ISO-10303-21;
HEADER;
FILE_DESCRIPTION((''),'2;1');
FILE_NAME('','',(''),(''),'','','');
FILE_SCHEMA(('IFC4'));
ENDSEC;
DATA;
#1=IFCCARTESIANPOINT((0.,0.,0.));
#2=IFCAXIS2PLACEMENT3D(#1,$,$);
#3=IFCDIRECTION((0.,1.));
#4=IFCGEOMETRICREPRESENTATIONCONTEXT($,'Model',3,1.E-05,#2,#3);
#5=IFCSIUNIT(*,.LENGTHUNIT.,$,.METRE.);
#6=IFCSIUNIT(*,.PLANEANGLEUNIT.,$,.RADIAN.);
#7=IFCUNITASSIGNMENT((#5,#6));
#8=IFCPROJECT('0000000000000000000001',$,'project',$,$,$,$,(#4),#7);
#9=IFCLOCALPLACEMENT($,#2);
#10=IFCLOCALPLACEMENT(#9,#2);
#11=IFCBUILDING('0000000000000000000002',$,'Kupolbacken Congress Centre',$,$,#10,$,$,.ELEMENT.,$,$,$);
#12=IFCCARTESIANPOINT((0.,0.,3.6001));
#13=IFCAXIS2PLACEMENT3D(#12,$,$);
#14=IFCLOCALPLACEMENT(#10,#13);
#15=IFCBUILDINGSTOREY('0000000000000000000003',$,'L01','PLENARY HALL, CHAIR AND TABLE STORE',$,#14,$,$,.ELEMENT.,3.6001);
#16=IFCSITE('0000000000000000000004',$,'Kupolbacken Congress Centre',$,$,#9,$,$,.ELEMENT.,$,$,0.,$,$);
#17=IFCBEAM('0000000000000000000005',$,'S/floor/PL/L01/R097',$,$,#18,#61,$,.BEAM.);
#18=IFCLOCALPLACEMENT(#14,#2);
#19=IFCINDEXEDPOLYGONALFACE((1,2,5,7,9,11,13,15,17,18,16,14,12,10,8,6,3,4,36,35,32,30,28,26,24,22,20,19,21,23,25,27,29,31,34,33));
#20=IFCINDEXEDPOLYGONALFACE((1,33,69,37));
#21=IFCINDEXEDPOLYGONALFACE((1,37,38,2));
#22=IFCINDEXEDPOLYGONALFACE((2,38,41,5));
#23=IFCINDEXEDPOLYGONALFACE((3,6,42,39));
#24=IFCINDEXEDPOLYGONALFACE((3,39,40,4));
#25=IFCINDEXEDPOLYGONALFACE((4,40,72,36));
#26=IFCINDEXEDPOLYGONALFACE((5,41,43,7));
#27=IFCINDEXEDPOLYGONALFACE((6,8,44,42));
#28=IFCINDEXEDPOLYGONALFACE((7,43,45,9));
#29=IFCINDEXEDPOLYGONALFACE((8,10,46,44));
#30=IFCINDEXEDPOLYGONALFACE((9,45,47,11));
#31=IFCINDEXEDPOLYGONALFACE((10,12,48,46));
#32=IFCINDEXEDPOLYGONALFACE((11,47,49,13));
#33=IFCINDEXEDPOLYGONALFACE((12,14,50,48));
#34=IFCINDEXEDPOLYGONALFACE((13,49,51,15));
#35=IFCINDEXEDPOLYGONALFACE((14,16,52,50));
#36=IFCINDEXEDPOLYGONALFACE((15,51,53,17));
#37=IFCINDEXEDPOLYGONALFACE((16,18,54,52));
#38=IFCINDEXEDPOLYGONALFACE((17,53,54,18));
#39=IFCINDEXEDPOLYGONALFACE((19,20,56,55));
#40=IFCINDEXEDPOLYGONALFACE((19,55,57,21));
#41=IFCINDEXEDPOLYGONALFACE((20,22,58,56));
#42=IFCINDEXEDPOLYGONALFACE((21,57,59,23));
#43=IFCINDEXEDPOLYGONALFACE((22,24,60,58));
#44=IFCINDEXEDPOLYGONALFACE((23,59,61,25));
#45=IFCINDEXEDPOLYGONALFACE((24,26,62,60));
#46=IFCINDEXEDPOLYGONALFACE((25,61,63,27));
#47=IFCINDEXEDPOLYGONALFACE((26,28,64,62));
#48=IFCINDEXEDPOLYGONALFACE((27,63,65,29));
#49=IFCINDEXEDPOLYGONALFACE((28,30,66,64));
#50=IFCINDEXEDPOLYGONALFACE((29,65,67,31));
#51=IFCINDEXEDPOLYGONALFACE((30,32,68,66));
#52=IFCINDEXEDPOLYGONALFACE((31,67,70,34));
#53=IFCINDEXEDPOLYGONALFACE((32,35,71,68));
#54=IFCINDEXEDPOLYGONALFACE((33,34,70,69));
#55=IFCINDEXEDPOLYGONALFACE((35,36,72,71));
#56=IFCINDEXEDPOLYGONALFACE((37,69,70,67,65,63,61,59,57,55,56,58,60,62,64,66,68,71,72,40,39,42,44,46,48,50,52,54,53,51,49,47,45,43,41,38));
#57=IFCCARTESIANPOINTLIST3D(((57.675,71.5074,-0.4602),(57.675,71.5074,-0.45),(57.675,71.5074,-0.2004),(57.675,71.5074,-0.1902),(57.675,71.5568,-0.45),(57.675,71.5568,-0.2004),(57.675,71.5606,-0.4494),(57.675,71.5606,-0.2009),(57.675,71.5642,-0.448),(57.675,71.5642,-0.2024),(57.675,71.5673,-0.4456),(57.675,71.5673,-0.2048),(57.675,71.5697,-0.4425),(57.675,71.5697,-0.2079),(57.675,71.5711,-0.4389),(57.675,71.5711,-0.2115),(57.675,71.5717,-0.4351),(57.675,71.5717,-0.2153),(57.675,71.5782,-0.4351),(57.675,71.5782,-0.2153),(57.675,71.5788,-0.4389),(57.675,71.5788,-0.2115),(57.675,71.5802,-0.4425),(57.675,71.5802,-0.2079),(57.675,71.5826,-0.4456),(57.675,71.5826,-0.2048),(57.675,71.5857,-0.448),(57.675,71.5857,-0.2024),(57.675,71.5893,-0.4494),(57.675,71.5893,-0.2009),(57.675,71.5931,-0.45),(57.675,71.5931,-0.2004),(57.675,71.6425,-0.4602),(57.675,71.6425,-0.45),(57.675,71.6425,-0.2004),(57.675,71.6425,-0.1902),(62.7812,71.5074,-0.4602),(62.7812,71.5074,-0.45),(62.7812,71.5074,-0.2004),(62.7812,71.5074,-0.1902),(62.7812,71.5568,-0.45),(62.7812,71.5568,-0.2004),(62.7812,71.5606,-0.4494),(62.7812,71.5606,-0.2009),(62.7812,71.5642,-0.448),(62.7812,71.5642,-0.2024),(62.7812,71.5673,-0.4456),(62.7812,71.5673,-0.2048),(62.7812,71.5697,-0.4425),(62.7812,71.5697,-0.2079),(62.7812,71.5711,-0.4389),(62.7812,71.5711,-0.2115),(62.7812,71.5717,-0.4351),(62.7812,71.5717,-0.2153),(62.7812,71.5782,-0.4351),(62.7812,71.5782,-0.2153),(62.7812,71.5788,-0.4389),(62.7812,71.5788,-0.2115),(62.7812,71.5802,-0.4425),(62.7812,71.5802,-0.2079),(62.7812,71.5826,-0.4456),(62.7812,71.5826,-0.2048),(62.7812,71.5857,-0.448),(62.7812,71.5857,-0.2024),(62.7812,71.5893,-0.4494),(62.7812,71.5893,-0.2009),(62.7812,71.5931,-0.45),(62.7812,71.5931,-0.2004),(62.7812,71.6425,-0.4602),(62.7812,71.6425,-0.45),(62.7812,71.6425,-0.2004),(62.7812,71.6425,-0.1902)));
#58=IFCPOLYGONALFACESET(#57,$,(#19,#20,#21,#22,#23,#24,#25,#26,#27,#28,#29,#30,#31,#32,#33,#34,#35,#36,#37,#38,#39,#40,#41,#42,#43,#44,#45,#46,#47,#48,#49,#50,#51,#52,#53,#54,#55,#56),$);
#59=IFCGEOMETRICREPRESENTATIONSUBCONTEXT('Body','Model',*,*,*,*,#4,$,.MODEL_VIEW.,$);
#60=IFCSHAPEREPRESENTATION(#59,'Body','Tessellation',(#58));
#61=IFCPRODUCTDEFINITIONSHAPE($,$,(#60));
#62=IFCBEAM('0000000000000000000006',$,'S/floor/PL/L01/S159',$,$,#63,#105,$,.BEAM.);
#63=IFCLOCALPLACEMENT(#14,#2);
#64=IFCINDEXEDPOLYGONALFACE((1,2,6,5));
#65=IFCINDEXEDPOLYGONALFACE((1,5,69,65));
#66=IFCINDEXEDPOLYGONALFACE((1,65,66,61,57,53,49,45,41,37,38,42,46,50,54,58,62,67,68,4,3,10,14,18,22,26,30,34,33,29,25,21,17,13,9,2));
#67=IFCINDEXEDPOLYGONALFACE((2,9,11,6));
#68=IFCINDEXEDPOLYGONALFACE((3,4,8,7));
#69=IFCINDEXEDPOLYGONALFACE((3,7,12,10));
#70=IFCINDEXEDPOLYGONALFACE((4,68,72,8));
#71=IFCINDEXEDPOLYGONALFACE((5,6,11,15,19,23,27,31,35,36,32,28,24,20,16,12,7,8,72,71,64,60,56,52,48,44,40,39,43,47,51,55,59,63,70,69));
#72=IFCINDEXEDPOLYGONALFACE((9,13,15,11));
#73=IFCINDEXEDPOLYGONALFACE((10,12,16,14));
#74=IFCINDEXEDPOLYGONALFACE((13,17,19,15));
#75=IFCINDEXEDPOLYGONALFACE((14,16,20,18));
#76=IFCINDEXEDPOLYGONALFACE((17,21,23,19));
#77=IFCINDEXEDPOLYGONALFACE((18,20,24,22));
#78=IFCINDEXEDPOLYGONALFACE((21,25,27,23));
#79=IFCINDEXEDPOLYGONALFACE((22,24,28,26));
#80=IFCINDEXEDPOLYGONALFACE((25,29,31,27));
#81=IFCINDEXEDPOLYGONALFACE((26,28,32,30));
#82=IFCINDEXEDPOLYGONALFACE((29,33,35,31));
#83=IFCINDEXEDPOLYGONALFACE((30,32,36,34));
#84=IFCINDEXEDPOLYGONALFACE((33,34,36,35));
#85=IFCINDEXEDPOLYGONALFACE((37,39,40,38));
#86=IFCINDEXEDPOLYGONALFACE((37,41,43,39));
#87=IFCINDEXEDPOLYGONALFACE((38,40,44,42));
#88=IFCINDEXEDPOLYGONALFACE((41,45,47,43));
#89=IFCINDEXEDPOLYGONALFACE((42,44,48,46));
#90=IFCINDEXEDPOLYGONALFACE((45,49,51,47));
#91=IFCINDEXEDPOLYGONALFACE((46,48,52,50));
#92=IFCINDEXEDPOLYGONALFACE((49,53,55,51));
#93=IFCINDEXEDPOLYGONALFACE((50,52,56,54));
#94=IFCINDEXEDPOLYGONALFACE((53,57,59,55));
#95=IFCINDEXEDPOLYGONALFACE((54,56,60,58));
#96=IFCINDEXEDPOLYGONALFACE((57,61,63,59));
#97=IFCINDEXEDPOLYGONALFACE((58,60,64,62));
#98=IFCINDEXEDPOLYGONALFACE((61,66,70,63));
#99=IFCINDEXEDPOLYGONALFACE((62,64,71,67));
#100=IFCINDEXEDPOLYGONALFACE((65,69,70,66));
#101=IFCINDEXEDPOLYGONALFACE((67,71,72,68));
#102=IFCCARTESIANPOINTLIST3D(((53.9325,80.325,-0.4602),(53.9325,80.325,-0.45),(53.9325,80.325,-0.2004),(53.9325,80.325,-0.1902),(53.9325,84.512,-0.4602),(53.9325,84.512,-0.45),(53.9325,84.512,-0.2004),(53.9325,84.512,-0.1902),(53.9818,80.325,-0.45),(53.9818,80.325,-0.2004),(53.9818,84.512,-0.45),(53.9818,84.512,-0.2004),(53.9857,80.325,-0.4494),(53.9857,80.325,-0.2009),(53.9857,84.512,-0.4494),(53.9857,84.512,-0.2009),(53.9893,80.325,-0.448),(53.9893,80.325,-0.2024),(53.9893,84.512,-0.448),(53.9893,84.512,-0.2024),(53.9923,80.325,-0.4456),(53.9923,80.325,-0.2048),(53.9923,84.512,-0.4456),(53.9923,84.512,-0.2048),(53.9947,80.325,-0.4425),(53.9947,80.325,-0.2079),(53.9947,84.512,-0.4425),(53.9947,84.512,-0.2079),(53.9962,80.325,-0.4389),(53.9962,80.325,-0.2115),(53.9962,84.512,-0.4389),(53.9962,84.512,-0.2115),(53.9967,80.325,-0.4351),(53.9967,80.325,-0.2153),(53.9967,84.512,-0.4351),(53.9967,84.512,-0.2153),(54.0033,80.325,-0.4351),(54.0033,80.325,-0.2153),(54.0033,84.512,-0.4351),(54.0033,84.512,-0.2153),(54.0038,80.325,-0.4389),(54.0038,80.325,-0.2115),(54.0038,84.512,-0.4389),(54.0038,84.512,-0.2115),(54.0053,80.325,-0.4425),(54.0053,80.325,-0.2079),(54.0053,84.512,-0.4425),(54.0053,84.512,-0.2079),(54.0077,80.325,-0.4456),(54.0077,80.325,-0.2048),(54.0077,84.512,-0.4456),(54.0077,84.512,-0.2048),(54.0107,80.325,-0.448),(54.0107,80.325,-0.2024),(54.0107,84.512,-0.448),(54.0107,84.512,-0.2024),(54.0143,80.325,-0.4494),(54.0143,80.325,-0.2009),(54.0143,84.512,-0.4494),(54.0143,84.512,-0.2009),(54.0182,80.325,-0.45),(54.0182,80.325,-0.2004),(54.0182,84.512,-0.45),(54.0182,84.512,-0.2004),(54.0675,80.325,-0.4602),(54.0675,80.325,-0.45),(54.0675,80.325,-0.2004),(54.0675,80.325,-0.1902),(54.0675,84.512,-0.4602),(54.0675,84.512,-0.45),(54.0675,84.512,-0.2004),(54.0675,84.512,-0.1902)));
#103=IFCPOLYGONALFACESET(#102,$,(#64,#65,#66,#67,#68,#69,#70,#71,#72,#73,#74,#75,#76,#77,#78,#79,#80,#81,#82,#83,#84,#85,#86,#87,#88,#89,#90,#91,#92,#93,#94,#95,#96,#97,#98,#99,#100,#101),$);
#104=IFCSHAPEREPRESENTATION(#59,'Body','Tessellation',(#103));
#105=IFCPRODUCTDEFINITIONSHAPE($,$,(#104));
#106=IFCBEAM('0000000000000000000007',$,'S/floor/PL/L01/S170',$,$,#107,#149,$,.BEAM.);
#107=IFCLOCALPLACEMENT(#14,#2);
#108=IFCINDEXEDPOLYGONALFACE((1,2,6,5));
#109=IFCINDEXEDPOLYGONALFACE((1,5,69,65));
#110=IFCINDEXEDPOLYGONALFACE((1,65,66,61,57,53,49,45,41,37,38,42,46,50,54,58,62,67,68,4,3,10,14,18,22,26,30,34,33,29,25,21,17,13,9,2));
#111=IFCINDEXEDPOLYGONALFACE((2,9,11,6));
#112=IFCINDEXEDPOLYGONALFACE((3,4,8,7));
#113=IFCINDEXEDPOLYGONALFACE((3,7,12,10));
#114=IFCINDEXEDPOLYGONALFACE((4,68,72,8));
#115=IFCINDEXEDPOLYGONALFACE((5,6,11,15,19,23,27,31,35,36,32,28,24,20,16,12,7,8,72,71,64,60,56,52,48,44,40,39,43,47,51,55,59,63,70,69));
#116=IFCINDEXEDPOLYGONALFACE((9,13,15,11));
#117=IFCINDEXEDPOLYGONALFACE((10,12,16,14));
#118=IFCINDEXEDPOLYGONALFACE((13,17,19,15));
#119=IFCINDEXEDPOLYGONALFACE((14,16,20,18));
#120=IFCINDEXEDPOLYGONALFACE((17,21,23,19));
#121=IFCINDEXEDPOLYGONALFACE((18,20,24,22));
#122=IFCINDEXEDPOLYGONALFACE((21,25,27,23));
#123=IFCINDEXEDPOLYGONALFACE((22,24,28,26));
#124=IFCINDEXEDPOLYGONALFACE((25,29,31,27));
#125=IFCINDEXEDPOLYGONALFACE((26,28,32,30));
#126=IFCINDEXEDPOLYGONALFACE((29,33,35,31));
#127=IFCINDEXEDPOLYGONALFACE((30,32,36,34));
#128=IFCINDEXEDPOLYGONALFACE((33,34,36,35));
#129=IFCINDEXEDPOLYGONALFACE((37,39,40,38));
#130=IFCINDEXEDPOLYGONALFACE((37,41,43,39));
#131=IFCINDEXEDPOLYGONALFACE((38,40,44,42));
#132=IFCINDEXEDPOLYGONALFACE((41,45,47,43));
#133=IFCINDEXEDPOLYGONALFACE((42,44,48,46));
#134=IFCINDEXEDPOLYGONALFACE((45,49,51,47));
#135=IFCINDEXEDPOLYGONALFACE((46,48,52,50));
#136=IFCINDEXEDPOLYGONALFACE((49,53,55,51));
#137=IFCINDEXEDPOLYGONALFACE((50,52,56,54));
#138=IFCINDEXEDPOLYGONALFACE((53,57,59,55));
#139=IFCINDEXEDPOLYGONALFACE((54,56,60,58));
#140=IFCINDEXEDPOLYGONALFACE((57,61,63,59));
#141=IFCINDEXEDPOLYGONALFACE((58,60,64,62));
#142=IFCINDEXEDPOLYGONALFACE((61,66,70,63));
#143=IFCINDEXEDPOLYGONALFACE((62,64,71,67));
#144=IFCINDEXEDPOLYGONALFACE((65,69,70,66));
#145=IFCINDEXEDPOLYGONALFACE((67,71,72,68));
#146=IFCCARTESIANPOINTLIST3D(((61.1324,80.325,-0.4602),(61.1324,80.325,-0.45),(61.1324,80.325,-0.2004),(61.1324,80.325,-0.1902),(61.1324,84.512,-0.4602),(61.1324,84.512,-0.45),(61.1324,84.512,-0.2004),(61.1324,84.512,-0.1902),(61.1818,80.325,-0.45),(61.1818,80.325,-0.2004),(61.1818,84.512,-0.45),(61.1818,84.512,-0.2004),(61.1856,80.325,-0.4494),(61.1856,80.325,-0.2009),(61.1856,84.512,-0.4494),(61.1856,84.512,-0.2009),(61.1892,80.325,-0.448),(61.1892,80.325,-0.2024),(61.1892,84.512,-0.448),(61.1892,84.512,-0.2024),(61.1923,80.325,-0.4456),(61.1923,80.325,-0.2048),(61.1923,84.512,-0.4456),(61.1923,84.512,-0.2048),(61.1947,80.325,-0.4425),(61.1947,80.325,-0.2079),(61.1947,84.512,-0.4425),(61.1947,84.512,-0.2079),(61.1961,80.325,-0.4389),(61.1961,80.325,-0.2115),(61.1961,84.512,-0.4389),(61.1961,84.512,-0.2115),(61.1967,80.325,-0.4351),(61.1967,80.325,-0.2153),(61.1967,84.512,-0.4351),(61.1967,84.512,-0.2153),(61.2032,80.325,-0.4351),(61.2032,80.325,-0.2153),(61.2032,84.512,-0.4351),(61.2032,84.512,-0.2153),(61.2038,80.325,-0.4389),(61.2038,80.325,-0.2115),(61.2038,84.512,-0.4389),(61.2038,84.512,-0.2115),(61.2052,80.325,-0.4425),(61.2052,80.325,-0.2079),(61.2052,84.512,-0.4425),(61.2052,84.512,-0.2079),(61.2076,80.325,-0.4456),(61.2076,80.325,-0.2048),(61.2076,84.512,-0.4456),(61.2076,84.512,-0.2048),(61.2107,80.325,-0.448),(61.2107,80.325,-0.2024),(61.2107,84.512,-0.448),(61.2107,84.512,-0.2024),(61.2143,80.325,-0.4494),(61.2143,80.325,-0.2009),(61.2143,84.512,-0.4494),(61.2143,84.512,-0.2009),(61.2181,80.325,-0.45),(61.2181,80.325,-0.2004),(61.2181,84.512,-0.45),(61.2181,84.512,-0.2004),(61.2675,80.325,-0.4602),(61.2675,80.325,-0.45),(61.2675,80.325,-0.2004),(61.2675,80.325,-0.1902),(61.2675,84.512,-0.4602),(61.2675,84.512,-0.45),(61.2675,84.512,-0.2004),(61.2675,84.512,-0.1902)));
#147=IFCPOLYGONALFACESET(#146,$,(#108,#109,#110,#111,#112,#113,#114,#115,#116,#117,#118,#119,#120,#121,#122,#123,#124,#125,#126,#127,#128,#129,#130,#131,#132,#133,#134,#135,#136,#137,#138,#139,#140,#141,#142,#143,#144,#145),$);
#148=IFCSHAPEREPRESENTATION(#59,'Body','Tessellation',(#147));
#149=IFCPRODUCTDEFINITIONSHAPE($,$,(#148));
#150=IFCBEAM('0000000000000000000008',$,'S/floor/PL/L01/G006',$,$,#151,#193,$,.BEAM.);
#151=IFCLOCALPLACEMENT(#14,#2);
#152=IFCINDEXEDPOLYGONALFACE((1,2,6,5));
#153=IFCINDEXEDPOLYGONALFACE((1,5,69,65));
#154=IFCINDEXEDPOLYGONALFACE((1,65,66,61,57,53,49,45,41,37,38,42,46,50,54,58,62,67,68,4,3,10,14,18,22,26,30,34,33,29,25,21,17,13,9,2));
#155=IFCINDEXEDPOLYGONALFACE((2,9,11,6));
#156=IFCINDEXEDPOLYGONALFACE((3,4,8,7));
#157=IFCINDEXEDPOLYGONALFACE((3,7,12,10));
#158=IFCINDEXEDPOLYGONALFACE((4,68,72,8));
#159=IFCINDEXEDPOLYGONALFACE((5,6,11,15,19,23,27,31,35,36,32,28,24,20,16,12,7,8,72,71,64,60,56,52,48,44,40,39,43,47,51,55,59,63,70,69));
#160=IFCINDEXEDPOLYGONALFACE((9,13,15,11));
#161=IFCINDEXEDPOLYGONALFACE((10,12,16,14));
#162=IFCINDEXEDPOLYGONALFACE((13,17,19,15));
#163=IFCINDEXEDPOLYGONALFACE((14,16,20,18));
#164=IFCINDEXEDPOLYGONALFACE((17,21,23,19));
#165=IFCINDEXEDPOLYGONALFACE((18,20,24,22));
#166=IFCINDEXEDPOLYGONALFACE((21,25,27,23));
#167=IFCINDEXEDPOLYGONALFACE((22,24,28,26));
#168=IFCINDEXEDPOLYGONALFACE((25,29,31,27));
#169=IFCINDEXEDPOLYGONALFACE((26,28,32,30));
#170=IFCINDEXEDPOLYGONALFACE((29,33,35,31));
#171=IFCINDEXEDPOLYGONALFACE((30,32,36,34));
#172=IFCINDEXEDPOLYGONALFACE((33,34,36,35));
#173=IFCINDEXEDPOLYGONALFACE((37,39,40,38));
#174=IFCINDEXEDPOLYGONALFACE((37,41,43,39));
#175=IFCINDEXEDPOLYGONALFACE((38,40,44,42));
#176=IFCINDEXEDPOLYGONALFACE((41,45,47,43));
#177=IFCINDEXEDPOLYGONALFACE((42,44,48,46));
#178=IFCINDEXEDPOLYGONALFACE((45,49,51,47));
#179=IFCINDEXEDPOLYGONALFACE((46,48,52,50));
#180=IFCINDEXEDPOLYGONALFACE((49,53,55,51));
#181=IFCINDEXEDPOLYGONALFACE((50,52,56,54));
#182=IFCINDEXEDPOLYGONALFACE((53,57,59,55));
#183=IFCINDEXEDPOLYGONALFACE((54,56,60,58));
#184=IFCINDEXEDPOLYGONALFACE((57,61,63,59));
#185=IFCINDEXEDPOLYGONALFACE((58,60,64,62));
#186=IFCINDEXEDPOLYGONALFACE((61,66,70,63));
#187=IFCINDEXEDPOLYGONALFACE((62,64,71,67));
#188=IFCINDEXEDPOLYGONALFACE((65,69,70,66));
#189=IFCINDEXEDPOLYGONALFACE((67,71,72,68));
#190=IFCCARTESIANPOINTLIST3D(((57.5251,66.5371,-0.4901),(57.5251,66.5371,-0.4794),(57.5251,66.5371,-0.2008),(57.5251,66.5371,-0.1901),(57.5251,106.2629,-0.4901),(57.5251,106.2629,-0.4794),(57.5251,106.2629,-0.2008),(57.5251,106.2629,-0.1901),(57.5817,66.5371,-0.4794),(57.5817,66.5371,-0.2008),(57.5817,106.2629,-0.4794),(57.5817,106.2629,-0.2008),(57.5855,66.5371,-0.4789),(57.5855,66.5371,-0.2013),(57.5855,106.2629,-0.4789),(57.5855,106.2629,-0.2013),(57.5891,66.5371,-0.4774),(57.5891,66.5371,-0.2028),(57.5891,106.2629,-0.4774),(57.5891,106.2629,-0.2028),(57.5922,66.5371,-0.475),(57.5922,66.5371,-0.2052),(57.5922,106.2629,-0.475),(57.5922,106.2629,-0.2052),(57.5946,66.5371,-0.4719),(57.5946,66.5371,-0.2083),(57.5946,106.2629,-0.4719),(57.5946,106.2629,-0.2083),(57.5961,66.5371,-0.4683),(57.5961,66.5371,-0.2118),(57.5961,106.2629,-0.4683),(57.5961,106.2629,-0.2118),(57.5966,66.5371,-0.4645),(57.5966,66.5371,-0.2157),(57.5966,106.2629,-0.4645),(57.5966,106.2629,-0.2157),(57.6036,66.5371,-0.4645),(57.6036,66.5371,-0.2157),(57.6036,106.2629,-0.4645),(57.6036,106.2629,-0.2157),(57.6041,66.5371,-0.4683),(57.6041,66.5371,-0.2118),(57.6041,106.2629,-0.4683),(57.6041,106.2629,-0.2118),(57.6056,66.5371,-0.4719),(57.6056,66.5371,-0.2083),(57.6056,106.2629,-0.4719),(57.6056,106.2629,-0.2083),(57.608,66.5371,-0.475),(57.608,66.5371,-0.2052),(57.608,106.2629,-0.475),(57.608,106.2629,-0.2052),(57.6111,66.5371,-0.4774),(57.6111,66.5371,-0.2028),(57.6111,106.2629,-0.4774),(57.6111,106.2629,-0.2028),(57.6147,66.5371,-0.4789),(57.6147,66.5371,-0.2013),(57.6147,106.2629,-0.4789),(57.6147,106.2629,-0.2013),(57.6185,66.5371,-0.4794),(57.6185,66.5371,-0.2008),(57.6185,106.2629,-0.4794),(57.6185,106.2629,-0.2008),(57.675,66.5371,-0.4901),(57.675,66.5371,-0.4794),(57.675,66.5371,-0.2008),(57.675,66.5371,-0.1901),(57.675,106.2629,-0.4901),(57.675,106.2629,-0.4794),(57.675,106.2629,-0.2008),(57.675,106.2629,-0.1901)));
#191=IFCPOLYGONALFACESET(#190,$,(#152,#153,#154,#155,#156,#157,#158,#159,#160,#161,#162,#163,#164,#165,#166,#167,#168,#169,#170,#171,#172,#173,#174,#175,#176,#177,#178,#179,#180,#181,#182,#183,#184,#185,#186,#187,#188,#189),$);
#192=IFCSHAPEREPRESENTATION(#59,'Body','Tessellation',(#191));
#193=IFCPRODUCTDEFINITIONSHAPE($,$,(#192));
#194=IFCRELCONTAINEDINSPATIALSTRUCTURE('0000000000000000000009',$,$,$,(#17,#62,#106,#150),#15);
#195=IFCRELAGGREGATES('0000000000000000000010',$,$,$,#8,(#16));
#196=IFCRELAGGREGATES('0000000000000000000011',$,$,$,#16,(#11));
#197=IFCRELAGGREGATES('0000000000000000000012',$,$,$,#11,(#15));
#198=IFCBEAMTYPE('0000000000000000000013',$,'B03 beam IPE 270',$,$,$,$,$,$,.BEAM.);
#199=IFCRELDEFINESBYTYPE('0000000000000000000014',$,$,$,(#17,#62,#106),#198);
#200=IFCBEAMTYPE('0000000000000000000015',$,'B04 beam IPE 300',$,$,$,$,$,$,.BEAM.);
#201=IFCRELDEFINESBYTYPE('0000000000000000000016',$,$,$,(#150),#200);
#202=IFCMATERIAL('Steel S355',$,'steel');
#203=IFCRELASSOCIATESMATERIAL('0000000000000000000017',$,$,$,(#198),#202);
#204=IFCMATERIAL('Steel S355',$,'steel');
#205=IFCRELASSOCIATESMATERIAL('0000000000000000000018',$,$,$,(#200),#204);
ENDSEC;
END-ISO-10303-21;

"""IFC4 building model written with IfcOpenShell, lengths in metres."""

from ifc_helpers import new_model, si_unit, direction, frame, origin, origin_2d, place, context, subcontext, project, spatial, i_section, extrude, material, material_profile, profile_set, type_object, element, save


model = new_model("IFC4")

# Units and contexts
model_context = context("Model", 3, precision=1e-05, world=origin(), true_north=direction((0.0, 1.0)))
body_context = subcontext(model_context, "Body", "Model", "MODEL_VIEW")
ifc_project = project(units=[si_unit("LENGTHUNIT", "METRE"), si_unit("PLANEANGLEUNIT", "RADIAN")], contexts=[model_context])

# Site, building, storey
site_placement = place(None, origin())
site = spatial("IfcSite", under=ifc_project, at=site_placement, Name="Kupolbacken Congress Centre", CompositionType="ELEMENT", RefElevation=0.0)
building_placement = place(site_placement, origin())
building = spatial("IfcBuilding", under=site, at=building_placement, Name="Kupolbacken Congress Centre", CompositionType="ELEMENT")
storey_placement = place(building_placement, frame((0.0, 0.0, 3.6001)))
storey = spatial("IfcBuildingStorey", under=building, at=storey_placement, Name="L01", Description="PLENARY HALL, CHAIR AND TABLE STORE", CompositionType="ELEMENT", Elevation=3.6001)

# Beams
ifc_material_1 = material(Name="Steel S355", Category="steel")
ifc_material_profile_1 = material_profile(ifc_material_1, i_section(OverallWidth=0.135, OverallDepth=0.27, WebThickness=0.0066, FlangeThickness=0.0103, FilletRadius=0.0149, at=origin_2d()), Name="IPE 270")
ifc_profile_set_1 = profile_set([ifc_material_profile_1], Name="Steel S355")
beam_type_1 = type_object("IfcBeamType", Name="B03 beam IPE 270", PredefinedType="BEAM", material=ifc_profile_set_1)
beam_1_placement = place(storey_placement, frame((57.675, 71.575, -0.3252), z_axis=(1.0, 0.0, 0.0), x_axis=(0.0, 1.0, 0.0)))
element("IfcBeam", 1, at=beam_1_placement, inside=storey, type_object=beam_type_1, Name="S/floor/PL/L01/R097", PredefinedType="BEAM", context=body_context, shape_type="SweptSolid", body=[
    extrude(i_section(OverallWidth=0.135, OverallDepth=0.27, WebThickness=0.0066, FlangeThickness=0.0103, FilletRadius=0.0149, at=origin_2d()), origin(), (0.0, 0.0, 1.0), 5.1062),
])
for number, where, z_axis, x_axis, name in (
    (2, (54.0, 80.325, -0.3252), (0.0, 1.0, 0.0), (-1.0, 0.0, 0.0), "S/floor/PL/L01/S159"),
    (3, (61.2, 80.325, -0.3252), (0.0, 1.0, 0.0), (-1.0, 0.0, 0.0), "S/floor/PL/L01/S170"),
):
    element("IfcBeam", number, at=place(storey_placement, frame(where, z_axis=z_axis, x_axis=x_axis)), inside=storey, type_object=beam_type_1, Name=name, PredefinedType="BEAM", context=body_context, shape_type="SweptSolid", body=[
        extrude(i_section(OverallWidth=0.135, OverallDepth=0.27, WebThickness=0.0066, FlangeThickness=0.0103, FilletRadius=0.0149, at=origin_2d()), origin(), (0.0, 0.0, 1.0), 4.187),
    ])
ifc_material_2 = material(Name="Steel S355", Category="steel")
ifc_material_profile_2 = material_profile(ifc_material_2, i_section(OverallWidth=0.1499, OverallDepth=0.3, WebThickness=0.0071, FlangeThickness=0.0107, FilletRadius=0.0149, at=origin_2d()), Name="IPE 300")
ifc_profile_set_2 = profile_set([ifc_material_profile_2], Name="Steel S355")
beam_type_2 = type_object("IfcBeamType", Name="B04 beam IPE 300", PredefinedType="BEAM", material=ifc_profile_set_2)
beam_2_placement = place(storey_placement, frame((57.6001, 66.5371, -0.3401), z_axis=(0.0, 1.0, 0.0), x_axis=(-1.0, 0.0, 0.0)))
element("IfcBeam", 4, at=beam_2_placement, inside=storey, type_object=beam_type_2, Name="S/floor/PL/L01/G006", PredefinedType="BEAM", context=body_context, shape_type="SweptSolid", body=[
    extrude(i_section(OverallWidth=0.1499, OverallDepth=0.3, WebThickness=0.0071, FlangeThickness=0.0107, FilletRadius=0.0149, at=origin_2d()), origin(), (0.0, 0.0, 1.0), 39.7258),
])

save(model, "model.ifc")
